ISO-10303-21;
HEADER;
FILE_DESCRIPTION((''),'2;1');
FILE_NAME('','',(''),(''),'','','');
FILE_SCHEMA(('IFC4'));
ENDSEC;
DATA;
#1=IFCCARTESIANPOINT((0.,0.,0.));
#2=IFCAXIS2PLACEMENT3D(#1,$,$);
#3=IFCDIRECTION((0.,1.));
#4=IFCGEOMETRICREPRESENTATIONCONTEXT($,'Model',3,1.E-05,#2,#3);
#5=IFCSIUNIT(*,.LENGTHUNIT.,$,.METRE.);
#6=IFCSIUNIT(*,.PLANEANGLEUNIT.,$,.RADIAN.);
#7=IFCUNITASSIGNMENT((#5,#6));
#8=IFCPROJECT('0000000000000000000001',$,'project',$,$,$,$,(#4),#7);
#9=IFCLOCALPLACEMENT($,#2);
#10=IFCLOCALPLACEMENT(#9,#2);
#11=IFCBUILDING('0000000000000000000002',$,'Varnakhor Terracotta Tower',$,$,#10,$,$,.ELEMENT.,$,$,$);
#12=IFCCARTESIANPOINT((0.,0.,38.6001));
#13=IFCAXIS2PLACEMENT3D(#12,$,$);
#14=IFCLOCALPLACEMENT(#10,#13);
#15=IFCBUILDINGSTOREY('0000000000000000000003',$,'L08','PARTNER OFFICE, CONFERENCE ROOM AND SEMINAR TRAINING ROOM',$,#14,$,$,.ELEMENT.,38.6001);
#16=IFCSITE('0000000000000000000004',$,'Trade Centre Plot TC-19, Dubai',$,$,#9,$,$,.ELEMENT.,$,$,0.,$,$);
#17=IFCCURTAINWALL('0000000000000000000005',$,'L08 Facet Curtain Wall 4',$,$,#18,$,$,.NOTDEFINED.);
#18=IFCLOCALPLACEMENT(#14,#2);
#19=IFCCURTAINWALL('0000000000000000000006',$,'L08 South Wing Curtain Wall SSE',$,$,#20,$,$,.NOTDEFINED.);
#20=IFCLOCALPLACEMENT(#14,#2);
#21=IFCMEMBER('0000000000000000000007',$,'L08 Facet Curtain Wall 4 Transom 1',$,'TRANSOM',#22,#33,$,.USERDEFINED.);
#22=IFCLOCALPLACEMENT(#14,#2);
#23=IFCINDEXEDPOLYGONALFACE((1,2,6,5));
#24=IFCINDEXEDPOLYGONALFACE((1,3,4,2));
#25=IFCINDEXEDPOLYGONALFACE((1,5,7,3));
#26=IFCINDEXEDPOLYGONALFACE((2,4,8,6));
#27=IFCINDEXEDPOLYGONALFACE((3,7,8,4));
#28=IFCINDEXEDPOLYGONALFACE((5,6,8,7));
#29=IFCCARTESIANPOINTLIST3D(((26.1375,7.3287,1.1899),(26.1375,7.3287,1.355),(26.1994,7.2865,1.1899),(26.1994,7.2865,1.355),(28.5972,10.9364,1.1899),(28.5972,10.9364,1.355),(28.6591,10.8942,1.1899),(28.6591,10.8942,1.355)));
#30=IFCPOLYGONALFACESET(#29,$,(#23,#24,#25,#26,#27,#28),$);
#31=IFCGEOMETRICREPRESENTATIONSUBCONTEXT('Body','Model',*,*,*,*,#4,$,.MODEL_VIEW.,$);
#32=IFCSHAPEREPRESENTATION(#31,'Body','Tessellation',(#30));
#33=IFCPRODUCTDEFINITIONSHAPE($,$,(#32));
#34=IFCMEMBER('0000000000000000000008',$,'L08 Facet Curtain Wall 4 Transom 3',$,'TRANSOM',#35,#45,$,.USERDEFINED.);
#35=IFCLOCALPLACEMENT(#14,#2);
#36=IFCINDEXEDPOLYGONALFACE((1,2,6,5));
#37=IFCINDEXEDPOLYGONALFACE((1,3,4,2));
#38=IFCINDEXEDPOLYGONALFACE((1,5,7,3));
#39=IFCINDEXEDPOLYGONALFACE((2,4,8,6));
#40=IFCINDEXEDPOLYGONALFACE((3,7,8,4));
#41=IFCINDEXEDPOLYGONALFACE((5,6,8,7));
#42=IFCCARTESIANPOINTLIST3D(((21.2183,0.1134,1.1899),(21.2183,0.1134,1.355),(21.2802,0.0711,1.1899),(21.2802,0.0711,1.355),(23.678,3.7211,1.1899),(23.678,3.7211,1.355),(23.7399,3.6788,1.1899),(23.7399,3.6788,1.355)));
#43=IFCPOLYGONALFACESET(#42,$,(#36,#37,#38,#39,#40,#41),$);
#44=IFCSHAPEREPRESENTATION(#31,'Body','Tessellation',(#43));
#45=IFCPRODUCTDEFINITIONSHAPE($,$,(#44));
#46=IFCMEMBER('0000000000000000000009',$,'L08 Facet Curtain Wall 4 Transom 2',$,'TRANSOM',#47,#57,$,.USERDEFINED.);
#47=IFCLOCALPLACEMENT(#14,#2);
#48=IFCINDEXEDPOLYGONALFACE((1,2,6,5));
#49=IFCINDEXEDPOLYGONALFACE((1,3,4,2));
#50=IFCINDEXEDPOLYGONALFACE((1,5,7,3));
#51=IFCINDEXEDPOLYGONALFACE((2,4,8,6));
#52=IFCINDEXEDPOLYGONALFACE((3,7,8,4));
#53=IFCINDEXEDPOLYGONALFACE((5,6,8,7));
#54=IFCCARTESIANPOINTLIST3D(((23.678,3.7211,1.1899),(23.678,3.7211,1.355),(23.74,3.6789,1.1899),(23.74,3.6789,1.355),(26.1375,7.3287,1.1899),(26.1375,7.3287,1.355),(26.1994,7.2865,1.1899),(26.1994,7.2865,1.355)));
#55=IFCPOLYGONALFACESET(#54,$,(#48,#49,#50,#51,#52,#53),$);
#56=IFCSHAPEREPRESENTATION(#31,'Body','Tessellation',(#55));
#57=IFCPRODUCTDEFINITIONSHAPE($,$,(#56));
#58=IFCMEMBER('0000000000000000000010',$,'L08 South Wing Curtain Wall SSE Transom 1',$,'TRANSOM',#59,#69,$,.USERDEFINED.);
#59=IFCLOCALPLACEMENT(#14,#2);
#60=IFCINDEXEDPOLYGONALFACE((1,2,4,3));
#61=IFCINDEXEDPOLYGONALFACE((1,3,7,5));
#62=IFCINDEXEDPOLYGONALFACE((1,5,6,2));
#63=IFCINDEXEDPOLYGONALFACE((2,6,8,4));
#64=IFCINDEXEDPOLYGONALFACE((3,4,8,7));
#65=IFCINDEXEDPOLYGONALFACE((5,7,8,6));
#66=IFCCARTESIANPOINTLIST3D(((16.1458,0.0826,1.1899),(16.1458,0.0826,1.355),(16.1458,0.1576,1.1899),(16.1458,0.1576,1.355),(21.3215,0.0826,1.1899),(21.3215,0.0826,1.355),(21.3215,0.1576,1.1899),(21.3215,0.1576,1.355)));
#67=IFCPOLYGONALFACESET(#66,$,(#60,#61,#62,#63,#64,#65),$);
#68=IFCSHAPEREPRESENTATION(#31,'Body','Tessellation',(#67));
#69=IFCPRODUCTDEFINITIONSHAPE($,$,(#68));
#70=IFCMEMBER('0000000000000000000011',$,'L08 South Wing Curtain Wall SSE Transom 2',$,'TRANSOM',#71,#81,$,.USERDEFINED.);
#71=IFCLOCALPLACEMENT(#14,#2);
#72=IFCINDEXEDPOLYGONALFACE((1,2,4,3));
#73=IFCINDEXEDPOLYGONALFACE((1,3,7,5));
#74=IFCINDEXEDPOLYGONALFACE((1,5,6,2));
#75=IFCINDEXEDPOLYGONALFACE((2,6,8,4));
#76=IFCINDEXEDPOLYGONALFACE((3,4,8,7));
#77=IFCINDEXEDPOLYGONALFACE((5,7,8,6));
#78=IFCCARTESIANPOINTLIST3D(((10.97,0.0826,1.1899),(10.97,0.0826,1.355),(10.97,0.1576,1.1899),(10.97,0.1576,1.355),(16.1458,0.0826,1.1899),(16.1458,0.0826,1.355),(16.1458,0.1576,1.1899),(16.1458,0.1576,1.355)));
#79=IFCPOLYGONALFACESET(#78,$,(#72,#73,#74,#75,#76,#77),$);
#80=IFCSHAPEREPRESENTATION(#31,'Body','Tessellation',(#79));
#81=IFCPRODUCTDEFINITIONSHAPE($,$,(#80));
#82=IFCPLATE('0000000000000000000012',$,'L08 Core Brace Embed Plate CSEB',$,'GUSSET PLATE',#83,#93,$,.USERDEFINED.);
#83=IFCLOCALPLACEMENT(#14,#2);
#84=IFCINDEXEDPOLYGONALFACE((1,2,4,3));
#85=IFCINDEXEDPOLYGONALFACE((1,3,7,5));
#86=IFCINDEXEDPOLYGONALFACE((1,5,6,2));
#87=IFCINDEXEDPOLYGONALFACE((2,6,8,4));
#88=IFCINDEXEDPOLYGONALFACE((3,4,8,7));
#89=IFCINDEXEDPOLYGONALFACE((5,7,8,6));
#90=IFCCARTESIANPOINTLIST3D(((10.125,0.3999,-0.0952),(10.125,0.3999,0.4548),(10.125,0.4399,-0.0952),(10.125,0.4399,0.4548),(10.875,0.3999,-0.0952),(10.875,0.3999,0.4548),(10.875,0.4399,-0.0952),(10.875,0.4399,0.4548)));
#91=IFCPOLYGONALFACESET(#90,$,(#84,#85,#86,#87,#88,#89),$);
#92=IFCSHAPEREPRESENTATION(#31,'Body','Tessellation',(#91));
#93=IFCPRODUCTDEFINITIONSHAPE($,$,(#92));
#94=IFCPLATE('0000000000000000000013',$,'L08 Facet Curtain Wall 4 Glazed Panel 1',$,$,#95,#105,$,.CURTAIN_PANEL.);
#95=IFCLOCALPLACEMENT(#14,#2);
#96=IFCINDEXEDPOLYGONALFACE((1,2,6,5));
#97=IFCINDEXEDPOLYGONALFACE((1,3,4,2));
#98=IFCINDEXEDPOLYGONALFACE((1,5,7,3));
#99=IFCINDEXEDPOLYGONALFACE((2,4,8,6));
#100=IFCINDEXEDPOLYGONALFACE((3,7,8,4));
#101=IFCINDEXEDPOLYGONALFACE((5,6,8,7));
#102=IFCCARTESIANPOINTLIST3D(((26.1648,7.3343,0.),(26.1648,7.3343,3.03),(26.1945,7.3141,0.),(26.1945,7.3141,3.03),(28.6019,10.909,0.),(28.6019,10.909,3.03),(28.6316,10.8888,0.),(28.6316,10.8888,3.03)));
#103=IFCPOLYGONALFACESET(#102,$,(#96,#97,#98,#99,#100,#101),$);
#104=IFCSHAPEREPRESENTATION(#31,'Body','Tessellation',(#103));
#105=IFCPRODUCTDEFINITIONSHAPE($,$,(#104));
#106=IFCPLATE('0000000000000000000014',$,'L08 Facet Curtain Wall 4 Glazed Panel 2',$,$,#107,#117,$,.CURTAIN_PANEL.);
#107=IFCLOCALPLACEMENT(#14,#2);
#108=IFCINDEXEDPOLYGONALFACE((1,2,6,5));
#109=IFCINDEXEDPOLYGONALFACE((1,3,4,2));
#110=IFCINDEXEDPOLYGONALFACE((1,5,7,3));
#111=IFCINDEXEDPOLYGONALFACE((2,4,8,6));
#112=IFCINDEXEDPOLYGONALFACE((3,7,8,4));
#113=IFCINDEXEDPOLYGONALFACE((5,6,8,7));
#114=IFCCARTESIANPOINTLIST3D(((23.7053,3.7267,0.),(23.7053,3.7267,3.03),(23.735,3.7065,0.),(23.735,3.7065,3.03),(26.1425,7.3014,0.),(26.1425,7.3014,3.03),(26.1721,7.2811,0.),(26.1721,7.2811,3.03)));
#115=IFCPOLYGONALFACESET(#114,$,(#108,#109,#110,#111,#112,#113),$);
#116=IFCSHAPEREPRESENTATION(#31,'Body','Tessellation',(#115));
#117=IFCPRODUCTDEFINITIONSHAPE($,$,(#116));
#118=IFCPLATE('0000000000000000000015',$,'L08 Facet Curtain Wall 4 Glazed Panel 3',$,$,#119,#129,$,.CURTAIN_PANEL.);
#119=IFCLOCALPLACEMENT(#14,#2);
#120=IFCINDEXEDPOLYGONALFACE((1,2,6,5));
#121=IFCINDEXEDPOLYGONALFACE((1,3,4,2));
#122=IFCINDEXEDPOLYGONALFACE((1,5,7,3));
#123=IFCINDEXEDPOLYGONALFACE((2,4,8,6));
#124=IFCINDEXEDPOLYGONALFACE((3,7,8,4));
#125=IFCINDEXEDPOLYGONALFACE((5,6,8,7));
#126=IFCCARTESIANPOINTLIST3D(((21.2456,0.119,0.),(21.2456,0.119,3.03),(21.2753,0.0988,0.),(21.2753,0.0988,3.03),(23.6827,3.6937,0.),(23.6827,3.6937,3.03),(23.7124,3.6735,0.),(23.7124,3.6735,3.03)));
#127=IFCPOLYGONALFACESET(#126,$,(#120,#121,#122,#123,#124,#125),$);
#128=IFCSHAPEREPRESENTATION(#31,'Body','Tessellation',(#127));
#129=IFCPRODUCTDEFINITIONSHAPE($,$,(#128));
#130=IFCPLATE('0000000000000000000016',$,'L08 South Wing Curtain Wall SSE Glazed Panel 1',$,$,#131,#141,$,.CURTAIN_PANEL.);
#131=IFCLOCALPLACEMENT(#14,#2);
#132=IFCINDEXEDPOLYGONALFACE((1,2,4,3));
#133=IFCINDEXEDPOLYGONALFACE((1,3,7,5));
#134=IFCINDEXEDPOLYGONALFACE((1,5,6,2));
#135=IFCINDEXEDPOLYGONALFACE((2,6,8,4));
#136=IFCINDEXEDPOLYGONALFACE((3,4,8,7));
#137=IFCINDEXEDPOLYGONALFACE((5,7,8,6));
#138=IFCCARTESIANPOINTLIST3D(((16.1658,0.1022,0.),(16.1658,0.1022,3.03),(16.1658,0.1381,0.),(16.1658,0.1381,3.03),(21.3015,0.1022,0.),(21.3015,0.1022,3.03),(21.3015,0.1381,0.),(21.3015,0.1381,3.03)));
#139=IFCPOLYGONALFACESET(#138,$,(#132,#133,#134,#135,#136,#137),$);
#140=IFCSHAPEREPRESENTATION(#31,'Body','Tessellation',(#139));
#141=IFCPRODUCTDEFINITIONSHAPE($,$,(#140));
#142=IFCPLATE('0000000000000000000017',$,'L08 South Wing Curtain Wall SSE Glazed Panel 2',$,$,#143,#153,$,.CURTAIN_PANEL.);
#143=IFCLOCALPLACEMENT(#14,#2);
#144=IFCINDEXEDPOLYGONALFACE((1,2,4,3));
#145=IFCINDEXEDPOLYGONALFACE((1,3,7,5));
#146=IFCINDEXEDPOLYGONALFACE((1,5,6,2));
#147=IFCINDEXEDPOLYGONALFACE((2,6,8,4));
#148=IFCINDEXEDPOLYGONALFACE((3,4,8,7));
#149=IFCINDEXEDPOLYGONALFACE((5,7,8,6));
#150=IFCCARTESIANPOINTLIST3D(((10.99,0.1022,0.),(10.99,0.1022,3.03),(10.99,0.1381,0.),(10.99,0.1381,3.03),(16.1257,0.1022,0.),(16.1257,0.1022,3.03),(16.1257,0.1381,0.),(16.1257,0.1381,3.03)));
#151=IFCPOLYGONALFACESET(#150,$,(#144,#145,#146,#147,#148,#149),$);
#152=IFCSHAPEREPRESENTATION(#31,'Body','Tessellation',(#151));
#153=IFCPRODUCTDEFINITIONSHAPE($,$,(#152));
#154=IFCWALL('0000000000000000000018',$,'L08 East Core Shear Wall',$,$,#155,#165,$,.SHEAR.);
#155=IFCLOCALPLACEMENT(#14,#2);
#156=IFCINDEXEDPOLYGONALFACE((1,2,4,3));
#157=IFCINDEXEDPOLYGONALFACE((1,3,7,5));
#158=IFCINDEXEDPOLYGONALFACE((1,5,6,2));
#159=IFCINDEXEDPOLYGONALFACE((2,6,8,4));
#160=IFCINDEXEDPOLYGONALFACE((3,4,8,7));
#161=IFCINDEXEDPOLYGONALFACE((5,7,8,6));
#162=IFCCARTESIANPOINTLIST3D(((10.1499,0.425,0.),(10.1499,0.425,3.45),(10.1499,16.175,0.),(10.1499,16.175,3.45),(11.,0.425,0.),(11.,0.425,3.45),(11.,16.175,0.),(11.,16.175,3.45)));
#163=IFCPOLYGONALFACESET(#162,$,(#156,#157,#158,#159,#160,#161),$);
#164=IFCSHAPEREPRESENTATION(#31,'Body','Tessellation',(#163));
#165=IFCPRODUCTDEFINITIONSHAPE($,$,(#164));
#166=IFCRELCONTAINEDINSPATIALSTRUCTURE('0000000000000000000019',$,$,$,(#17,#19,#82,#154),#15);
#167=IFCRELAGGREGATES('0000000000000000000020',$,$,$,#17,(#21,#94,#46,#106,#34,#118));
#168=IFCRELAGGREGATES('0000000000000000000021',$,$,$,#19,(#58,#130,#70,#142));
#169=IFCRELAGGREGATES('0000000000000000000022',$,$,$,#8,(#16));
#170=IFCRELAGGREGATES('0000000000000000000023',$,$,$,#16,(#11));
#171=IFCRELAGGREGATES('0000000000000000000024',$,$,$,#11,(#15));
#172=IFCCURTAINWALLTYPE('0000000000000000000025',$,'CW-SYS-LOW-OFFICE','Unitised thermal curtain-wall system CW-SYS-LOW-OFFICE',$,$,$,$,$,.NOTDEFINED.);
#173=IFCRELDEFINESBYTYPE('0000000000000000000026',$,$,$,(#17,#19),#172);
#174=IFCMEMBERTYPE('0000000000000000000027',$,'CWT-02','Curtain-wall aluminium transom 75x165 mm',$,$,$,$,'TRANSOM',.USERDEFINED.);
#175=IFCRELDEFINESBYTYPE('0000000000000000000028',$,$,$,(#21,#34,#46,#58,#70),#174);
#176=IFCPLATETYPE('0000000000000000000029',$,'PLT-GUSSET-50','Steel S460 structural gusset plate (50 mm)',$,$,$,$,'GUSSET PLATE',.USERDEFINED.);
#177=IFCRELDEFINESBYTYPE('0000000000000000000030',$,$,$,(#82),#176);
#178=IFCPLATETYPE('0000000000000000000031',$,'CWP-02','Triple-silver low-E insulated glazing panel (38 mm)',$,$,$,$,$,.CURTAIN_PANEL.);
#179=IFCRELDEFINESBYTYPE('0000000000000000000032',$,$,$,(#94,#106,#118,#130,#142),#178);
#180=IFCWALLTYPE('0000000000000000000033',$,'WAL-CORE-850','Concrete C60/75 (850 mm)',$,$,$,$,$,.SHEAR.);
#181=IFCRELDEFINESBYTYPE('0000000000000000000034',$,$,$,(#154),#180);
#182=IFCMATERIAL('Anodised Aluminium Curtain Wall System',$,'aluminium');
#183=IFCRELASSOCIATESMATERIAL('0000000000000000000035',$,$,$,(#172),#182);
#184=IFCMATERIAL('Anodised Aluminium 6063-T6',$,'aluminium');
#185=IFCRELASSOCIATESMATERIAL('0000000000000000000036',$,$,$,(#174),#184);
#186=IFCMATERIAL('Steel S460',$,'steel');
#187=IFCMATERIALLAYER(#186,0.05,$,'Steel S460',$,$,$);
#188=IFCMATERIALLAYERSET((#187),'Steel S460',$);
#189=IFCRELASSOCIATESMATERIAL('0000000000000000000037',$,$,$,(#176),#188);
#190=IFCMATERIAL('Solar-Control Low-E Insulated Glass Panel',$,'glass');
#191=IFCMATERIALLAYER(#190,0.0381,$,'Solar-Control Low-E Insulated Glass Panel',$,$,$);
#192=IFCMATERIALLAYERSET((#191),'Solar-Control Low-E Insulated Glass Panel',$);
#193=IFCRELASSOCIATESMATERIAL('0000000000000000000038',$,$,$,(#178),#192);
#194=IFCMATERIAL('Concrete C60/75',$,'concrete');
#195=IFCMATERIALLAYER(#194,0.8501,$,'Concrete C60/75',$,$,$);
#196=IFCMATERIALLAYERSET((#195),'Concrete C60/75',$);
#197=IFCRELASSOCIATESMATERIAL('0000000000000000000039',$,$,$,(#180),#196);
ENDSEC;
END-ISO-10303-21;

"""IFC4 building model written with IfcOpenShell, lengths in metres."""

from ifc_helpers import new_model, si_unit, direction, frame, frame_2d, origin, origin_2d, place, context, subcontext, project, spatial, rectangle, extrude, source, transform, mapped, material, layer, layer_set, material_profile, profile_set, type_object, type_shapes, element, aggregate, save


model = new_model("IFC4")

# Units and contexts
model_context = context("Model", 3, precision=1e-05, world=origin(), true_north=direction((0.0, 1.0)))
body_context = subcontext(model_context, "Body", "Model", "MODEL_VIEW")
ifc_project = project(units=[si_unit("LENGTHUNIT", "METRE"), si_unit("PLANEANGLEUNIT", "RADIAN")], contexts=[model_context])

# Site, building, storey
site_placement = place(None, origin())
site = spatial("IfcSite", under=ifc_project, at=site_placement, Name="Trade Centre Plot TC-19, Dubai", CompositionType="ELEMENT", RefElevation=0.0)
building_placement = place(site_placement, origin())
building = spatial("IfcBuilding", under=site, at=building_placement, Name="Varnakhor Terracotta Tower", CompositionType="ELEMENT")
storey_placement = place(building_placement, frame((0.0, 0.0, 38.6001)))
storey = spatial("IfcBuildingStorey", under=building, at=storey_placement, Name="L08", Description="PARTNER OFFICE, CONFERENCE ROOM AND SEMINAR TRAINING ROOM", CompositionType="ELEMENT", Elevation=38.6001)

# Shared definitions
ifc_material_1 = material(Name="Steel S460", Category="steel")

# Curtain walls
ifc_material_2 = material(Name="Anodised Aluminium Curtain Wall System", Category="aluminium")
curtain_wall_type = type_object("IfcCurtainWallType", Name="CW-SYS-LOW-OFFICE", Description="Unitised thermal curtain-wall system CW-SYS-LOW-OFFICE", PredefinedType="NOTDEFINED", material=ifc_material_2)
curtain_wall_1_placement = place(storey_placement, origin())
curtain_wall_1 = element("IfcCurtainWall", 1, at=curtain_wall_1_placement, inside=storey, type_object=curtain_wall_type, Name="L08 Facet Curtain Wall 4", PredefinedType="NOTDEFINED")
ifc_material_3 = material(Name="Anodised Aluminium 6063-T6", Category="aluminium")
curtain_wall_2_placement = place(storey_placement, origin())
curtain_wall_2 = element("IfcCurtainWall", 2, at=curtain_wall_2_placement, inside=storey, type_object=curtain_wall_type, Name="L08 South Wing Curtain Wall SSE", PredefinedType="NOTDEFINED")

# Members
ifc_material_profile_1 = material_profile(ifc_material_3, rectangle(XDim=0.075, YDim=0.165, at=origin_2d()), Name="ALU TRANSOM 75x165")
ifc_profile_set_1 = profile_set([ifc_material_profile_1], Name="Anodised Aluminium 6063-T6")
member_type_1 = type_object("IfcMemberType", Name="CWT-02", Description="Curtain-wall aluminium transom 75x165 mm", ElementType="TRANSOM", PredefinedType="USERDEFINED", material=ifc_profile_set_1)
shared_shape_1 = source(origin(), body_context, "Body", "SweptSolid", [
    extrude(rectangle(XDim=0.075, YDim=0.165, at=origin_2d()), origin(), (0.0, 0.0, 1.0), 4.3665),
])
member_1_placement = place(storey_placement, frame((28.6282, 10.9153, 1.2725), z_axis=(-0.563328, -0.826233, 0.0), x_axis=(0.826233, -0.563328, 0.0)))
member_1 = element("IfcMember", 3, at=member_1_placement, type_object=member_type_1, Name="L08 Facet Curtain Wall 4 Transom 1", ObjectType="TRANSOM", PredefinedType="USERDEFINED", context=body_context, shape_type="MappedRepresentation", body=[
    mapped(shared_shape_1, transform((0.0, 0.0, 0.0), scale=1.0)),
])
member_2_placement = place(storey_placement, frame((23.709, 3.7, 1.2725), z_axis=(-0.563328, -0.826233, 0.0), x_axis=(0.826233, -0.563328, 0.0)))
member_2 = element("IfcMember", 4, at=member_2_placement, type_object=member_type_1, Name="L08 Facet Curtain Wall 4 Transom 3", ObjectType="TRANSOM", PredefinedType="USERDEFINED", context=body_context, shape_type="MappedRepresentation", body=[
    mapped(shared_shape_1, transform((0.0, 0.0, 0.0), scale=1.0)),
])
shared_shape_2 = source(origin(), body_context, "Body", "SweptSolid", [
    extrude(rectangle(XDim=0.075, YDim=0.165, at=origin_2d()), origin(), (0.0, 0.0, 1.0), 4.3662),
])
member_3_placement = place(storey_placement, frame((26.1685, 7.3076, 1.2725), z_axis=(-0.56329, -0.826259, 0.0), x_axis=(0.826259, -0.56329, 0.0)))
member_3 = element("IfcMember", 5, at=member_3_placement, type_object=member_type_1, Name="L08 Facet Curtain Wall 4 Transom 2", ObjectType="TRANSOM", PredefinedType="USERDEFINED", context=body_context, shape_type="MappedRepresentation", body=[
    mapped(shared_shape_2, transform((0.0, 0.0, 0.0), scale=1.0)),
])
shared_shape_3 = source(origin(), body_context, "Body", "SweptSolid", [
    extrude(rectangle(XDim=0.075, YDim=0.165, at=origin_2d()), origin(), (0.0, 0.0, 1.0), 5.1758),
])
member_4_placement = place(storey_placement, frame((21.3215, 0.1201, 1.2725), z_axis=(-1.0, 0.0, 0.0), x_axis=(0.0, -1.0, 0.0)))
member_4 = element("IfcMember", 6, at=member_4_placement, type_object=member_type_1, Name="L08 South Wing Curtain Wall SSE Transom 1", ObjectType="TRANSOM", PredefinedType="USERDEFINED", context=body_context, shape_type="MappedRepresentation", body=[
    mapped(shared_shape_3, transform((0.0, 0.0, 0.0), scale=1.0)),
])
member_5_placement = place(storey_placement, frame((16.1458, 0.1201, 1.2725), z_axis=(-1.0, 0.0, 0.0), x_axis=(0.0, -1.0, 0.0)))
member_5 = element("IfcMember", 7, at=member_5_placement, type_object=member_type_1, Name="L08 South Wing Curtain Wall SSE Transom 2", ObjectType="TRANSOM", PredefinedType="USERDEFINED", context=body_context, shape_type="MappedRepresentation", body=[
    mapped(shared_shape_3, transform((0.0, 0.0, 0.0), scale=1.0)),
])

# Plates
ifc_layer_1 = layer(ifc_material_1, 0.05, Name="Steel S460")
ifc_layer_set_1 = layer_set([ifc_layer_1], Name="Steel S460")
plate_type_1 = type_object("IfcPlateType", Name="PLT-GUSSET-50", Description="Steel S460 structural gusset plate (50 mm)", ElementType="GUSSET PLATE", PredefinedType="USERDEFINED", material=ifc_layer_set_1)
shared_shape_4 = source(origin(), body_context, "Body", "SweptSolid", [
    extrude(rectangle(XDim=0.75, YDim=0.04, at=origin_2d()), origin(), (0.0, 0.0, 1.0), 0.55),
])
type_shapes(plate_type_1, [shared_shape_4])
plate_1_placement = place(storey_placement, frame((10.5, 0.4199, -0.0952), z_axis=(0.0, 0.0, 1.0), x_axis=(1.0, 0.0, 0.0)))
element("IfcPlate", 8, at=plate_1_placement, inside=storey, type_object=plate_type_1, Name="L08 Core Brace Embed Plate CSEB", ObjectType="GUSSET PLATE", PredefinedType="USERDEFINED", context=body_context, shape_type="MappedRepresentation", body=[
    mapped(shared_shape_4, transform((0.0, 0.0, 0.0), scale=1.0)),
])
ifc_material_4 = material(Name="Solar-Control Low-E Insulated Glass Panel", Category="glass")
ifc_layer_2 = layer(ifc_material_4, 0.0381, Name="Solar-Control Low-E Insulated Glass Panel")
ifc_layer_set_2 = layer_set([ifc_layer_2], Name="Solar-Control Low-E Insulated Glass Panel")
plate_type_2 = type_object("IfcPlateType", Name="CWP-02", Description="Triple-silver low-E insulated glazing panel (38 mm)", PredefinedType="CURTAIN_PANEL", material=ifc_layer_set_2)
shared_shape_5 = source(origin(), body_context, "Body", "SweptSolid", [
    extrude(rectangle(XDim=4.3264, YDim=0.0359, at=origin_2d()), origin(), (0.0, 0.0, 1.0), 3.03),
])
plate_2_placement = place(storey_placement, frame((27.3982, 9.1116, 0.0), z_axis=(0.0, 0.0, 1.0), x_axis=(-0.56331, -0.826246, 0.0)))
plate_2 = element("IfcPlate", 9, at=plate_2_placement, type_object=plate_type_2, Name="L08 Facet Curtain Wall 4 Glazed Panel 1", PredefinedType="CURTAIN_PANEL", context=body_context, shape_type="MappedRepresentation", body=[
    mapped(shared_shape_5, transform((0.0, 0.0, 0.0), scale=1.0)),
])
plate_3_placement = place(storey_placement, frame((24.9387, 5.5039, 0.0), z_axis=(0.0, 0.0, 1.0), x_axis=(-0.56331, -0.826246, 0.0)))
plate_3 = element("IfcPlate", 10, at=plate_3_placement, type_object=plate_type_2, Name="L08 Facet Curtain Wall 4 Glazed Panel 2", PredefinedType="CURTAIN_PANEL", context=body_context, shape_type="MappedRepresentation", body=[
    mapped(shared_shape_5, transform((0.0, 0.0, 0.0), scale=1.0)),
])
plate_4_placement = place(storey_placement, frame((22.479, 1.8962, 0.0), z_axis=(0.0, 0.0, 1.0), x_axis=(-0.56331, -0.826246, 0.0)))
plate_4 = element("IfcPlate", 11, at=plate_4_placement, type_object=plate_type_2, Name="L08 Facet Curtain Wall 4 Glazed Panel 3", PredefinedType="CURTAIN_PANEL", context=body_context, shape_type="MappedRepresentation", body=[
    mapped(shared_shape_5, transform((0.0, 0.0, 0.0), scale=1.0)),
])
aggregate(curtain_wall_1, [member_1, plate_2, member_3, plate_3, member_2, plate_4])
shared_shape_6 = source(origin(), body_context, "Body", "SweptSolid", [
    extrude(rectangle(XDim=5.1357, YDim=0.0359, at=origin_2d()), origin(), (0.0, 0.0, 1.0), 3.03),
])
plate_5_placement = place(storey_placement, frame((18.7336, 0.1201, 0.0), z_axis=(0.0, 0.0, 1.0), x_axis=(-1.0, 0.0, 0.0)))
plate_5 = element("IfcPlate", 12, at=plate_5_placement, type_object=plate_type_2, Name="L08 South Wing Curtain Wall SSE Glazed Panel 1", PredefinedType="CURTAIN_PANEL", context=body_context, shape_type="MappedRepresentation", body=[
    mapped(shared_shape_6, transform((0.0, 0.0, 0.0), scale=1.0)),
])
plate_6_placement = place(storey_placement, frame((13.5579, 0.1201, 0.0), z_axis=(0.0, 0.0, 1.0), x_axis=(-1.0, 0.0, 0.0)))
plate_6 = element("IfcPlate", 13, at=plate_6_placement, type_object=plate_type_2, Name="L08 South Wing Curtain Wall SSE Glazed Panel 2", PredefinedType="CURTAIN_PANEL", context=body_context, shape_type="MappedRepresentation", body=[
    mapped(shared_shape_6, transform((0.0, 0.0, 0.0), scale=1.0)),
])
aggregate(curtain_wall_2, [member_4, plate_5, member_5, plate_6])

# Wall
ifc_material_5 = material(Name="Concrete C60/75", Category="concrete")
ifc_layer_3 = layer(ifc_material_5, 0.8501, Name="Concrete C60/75")
ifc_layer_set_3 = layer_set([ifc_layer_3], Name="Concrete C60/75")
wall_type_1 = type_object("IfcWallType", Name="WAL-CORE-850", Description="Concrete C60/75 (850 mm)", PredefinedType="SHEAR", material=ifc_layer_set_3)
wall_1_placement = place(storey_placement, frame((10.575, 0.425, 0.0), z_axis=(0.0, 0.0, 1.0), x_axis=(0.0, 1.0, 0.0)))
element("IfcWall", 14, at=wall_1_placement, inside=storey, type_object=wall_type_1, Name="L08 East Core Shear Wall", PredefinedType="SHEAR", context=body_context, shape_type="SweptSolid", body=[
    extrude(rectangle(XDim=15.75, YDim=0.8501, at=frame_2d((7.875, 0.0))), origin(), (0.0, 0.0, 1.0), 3.45),
])

save(model, "model.ifc")
